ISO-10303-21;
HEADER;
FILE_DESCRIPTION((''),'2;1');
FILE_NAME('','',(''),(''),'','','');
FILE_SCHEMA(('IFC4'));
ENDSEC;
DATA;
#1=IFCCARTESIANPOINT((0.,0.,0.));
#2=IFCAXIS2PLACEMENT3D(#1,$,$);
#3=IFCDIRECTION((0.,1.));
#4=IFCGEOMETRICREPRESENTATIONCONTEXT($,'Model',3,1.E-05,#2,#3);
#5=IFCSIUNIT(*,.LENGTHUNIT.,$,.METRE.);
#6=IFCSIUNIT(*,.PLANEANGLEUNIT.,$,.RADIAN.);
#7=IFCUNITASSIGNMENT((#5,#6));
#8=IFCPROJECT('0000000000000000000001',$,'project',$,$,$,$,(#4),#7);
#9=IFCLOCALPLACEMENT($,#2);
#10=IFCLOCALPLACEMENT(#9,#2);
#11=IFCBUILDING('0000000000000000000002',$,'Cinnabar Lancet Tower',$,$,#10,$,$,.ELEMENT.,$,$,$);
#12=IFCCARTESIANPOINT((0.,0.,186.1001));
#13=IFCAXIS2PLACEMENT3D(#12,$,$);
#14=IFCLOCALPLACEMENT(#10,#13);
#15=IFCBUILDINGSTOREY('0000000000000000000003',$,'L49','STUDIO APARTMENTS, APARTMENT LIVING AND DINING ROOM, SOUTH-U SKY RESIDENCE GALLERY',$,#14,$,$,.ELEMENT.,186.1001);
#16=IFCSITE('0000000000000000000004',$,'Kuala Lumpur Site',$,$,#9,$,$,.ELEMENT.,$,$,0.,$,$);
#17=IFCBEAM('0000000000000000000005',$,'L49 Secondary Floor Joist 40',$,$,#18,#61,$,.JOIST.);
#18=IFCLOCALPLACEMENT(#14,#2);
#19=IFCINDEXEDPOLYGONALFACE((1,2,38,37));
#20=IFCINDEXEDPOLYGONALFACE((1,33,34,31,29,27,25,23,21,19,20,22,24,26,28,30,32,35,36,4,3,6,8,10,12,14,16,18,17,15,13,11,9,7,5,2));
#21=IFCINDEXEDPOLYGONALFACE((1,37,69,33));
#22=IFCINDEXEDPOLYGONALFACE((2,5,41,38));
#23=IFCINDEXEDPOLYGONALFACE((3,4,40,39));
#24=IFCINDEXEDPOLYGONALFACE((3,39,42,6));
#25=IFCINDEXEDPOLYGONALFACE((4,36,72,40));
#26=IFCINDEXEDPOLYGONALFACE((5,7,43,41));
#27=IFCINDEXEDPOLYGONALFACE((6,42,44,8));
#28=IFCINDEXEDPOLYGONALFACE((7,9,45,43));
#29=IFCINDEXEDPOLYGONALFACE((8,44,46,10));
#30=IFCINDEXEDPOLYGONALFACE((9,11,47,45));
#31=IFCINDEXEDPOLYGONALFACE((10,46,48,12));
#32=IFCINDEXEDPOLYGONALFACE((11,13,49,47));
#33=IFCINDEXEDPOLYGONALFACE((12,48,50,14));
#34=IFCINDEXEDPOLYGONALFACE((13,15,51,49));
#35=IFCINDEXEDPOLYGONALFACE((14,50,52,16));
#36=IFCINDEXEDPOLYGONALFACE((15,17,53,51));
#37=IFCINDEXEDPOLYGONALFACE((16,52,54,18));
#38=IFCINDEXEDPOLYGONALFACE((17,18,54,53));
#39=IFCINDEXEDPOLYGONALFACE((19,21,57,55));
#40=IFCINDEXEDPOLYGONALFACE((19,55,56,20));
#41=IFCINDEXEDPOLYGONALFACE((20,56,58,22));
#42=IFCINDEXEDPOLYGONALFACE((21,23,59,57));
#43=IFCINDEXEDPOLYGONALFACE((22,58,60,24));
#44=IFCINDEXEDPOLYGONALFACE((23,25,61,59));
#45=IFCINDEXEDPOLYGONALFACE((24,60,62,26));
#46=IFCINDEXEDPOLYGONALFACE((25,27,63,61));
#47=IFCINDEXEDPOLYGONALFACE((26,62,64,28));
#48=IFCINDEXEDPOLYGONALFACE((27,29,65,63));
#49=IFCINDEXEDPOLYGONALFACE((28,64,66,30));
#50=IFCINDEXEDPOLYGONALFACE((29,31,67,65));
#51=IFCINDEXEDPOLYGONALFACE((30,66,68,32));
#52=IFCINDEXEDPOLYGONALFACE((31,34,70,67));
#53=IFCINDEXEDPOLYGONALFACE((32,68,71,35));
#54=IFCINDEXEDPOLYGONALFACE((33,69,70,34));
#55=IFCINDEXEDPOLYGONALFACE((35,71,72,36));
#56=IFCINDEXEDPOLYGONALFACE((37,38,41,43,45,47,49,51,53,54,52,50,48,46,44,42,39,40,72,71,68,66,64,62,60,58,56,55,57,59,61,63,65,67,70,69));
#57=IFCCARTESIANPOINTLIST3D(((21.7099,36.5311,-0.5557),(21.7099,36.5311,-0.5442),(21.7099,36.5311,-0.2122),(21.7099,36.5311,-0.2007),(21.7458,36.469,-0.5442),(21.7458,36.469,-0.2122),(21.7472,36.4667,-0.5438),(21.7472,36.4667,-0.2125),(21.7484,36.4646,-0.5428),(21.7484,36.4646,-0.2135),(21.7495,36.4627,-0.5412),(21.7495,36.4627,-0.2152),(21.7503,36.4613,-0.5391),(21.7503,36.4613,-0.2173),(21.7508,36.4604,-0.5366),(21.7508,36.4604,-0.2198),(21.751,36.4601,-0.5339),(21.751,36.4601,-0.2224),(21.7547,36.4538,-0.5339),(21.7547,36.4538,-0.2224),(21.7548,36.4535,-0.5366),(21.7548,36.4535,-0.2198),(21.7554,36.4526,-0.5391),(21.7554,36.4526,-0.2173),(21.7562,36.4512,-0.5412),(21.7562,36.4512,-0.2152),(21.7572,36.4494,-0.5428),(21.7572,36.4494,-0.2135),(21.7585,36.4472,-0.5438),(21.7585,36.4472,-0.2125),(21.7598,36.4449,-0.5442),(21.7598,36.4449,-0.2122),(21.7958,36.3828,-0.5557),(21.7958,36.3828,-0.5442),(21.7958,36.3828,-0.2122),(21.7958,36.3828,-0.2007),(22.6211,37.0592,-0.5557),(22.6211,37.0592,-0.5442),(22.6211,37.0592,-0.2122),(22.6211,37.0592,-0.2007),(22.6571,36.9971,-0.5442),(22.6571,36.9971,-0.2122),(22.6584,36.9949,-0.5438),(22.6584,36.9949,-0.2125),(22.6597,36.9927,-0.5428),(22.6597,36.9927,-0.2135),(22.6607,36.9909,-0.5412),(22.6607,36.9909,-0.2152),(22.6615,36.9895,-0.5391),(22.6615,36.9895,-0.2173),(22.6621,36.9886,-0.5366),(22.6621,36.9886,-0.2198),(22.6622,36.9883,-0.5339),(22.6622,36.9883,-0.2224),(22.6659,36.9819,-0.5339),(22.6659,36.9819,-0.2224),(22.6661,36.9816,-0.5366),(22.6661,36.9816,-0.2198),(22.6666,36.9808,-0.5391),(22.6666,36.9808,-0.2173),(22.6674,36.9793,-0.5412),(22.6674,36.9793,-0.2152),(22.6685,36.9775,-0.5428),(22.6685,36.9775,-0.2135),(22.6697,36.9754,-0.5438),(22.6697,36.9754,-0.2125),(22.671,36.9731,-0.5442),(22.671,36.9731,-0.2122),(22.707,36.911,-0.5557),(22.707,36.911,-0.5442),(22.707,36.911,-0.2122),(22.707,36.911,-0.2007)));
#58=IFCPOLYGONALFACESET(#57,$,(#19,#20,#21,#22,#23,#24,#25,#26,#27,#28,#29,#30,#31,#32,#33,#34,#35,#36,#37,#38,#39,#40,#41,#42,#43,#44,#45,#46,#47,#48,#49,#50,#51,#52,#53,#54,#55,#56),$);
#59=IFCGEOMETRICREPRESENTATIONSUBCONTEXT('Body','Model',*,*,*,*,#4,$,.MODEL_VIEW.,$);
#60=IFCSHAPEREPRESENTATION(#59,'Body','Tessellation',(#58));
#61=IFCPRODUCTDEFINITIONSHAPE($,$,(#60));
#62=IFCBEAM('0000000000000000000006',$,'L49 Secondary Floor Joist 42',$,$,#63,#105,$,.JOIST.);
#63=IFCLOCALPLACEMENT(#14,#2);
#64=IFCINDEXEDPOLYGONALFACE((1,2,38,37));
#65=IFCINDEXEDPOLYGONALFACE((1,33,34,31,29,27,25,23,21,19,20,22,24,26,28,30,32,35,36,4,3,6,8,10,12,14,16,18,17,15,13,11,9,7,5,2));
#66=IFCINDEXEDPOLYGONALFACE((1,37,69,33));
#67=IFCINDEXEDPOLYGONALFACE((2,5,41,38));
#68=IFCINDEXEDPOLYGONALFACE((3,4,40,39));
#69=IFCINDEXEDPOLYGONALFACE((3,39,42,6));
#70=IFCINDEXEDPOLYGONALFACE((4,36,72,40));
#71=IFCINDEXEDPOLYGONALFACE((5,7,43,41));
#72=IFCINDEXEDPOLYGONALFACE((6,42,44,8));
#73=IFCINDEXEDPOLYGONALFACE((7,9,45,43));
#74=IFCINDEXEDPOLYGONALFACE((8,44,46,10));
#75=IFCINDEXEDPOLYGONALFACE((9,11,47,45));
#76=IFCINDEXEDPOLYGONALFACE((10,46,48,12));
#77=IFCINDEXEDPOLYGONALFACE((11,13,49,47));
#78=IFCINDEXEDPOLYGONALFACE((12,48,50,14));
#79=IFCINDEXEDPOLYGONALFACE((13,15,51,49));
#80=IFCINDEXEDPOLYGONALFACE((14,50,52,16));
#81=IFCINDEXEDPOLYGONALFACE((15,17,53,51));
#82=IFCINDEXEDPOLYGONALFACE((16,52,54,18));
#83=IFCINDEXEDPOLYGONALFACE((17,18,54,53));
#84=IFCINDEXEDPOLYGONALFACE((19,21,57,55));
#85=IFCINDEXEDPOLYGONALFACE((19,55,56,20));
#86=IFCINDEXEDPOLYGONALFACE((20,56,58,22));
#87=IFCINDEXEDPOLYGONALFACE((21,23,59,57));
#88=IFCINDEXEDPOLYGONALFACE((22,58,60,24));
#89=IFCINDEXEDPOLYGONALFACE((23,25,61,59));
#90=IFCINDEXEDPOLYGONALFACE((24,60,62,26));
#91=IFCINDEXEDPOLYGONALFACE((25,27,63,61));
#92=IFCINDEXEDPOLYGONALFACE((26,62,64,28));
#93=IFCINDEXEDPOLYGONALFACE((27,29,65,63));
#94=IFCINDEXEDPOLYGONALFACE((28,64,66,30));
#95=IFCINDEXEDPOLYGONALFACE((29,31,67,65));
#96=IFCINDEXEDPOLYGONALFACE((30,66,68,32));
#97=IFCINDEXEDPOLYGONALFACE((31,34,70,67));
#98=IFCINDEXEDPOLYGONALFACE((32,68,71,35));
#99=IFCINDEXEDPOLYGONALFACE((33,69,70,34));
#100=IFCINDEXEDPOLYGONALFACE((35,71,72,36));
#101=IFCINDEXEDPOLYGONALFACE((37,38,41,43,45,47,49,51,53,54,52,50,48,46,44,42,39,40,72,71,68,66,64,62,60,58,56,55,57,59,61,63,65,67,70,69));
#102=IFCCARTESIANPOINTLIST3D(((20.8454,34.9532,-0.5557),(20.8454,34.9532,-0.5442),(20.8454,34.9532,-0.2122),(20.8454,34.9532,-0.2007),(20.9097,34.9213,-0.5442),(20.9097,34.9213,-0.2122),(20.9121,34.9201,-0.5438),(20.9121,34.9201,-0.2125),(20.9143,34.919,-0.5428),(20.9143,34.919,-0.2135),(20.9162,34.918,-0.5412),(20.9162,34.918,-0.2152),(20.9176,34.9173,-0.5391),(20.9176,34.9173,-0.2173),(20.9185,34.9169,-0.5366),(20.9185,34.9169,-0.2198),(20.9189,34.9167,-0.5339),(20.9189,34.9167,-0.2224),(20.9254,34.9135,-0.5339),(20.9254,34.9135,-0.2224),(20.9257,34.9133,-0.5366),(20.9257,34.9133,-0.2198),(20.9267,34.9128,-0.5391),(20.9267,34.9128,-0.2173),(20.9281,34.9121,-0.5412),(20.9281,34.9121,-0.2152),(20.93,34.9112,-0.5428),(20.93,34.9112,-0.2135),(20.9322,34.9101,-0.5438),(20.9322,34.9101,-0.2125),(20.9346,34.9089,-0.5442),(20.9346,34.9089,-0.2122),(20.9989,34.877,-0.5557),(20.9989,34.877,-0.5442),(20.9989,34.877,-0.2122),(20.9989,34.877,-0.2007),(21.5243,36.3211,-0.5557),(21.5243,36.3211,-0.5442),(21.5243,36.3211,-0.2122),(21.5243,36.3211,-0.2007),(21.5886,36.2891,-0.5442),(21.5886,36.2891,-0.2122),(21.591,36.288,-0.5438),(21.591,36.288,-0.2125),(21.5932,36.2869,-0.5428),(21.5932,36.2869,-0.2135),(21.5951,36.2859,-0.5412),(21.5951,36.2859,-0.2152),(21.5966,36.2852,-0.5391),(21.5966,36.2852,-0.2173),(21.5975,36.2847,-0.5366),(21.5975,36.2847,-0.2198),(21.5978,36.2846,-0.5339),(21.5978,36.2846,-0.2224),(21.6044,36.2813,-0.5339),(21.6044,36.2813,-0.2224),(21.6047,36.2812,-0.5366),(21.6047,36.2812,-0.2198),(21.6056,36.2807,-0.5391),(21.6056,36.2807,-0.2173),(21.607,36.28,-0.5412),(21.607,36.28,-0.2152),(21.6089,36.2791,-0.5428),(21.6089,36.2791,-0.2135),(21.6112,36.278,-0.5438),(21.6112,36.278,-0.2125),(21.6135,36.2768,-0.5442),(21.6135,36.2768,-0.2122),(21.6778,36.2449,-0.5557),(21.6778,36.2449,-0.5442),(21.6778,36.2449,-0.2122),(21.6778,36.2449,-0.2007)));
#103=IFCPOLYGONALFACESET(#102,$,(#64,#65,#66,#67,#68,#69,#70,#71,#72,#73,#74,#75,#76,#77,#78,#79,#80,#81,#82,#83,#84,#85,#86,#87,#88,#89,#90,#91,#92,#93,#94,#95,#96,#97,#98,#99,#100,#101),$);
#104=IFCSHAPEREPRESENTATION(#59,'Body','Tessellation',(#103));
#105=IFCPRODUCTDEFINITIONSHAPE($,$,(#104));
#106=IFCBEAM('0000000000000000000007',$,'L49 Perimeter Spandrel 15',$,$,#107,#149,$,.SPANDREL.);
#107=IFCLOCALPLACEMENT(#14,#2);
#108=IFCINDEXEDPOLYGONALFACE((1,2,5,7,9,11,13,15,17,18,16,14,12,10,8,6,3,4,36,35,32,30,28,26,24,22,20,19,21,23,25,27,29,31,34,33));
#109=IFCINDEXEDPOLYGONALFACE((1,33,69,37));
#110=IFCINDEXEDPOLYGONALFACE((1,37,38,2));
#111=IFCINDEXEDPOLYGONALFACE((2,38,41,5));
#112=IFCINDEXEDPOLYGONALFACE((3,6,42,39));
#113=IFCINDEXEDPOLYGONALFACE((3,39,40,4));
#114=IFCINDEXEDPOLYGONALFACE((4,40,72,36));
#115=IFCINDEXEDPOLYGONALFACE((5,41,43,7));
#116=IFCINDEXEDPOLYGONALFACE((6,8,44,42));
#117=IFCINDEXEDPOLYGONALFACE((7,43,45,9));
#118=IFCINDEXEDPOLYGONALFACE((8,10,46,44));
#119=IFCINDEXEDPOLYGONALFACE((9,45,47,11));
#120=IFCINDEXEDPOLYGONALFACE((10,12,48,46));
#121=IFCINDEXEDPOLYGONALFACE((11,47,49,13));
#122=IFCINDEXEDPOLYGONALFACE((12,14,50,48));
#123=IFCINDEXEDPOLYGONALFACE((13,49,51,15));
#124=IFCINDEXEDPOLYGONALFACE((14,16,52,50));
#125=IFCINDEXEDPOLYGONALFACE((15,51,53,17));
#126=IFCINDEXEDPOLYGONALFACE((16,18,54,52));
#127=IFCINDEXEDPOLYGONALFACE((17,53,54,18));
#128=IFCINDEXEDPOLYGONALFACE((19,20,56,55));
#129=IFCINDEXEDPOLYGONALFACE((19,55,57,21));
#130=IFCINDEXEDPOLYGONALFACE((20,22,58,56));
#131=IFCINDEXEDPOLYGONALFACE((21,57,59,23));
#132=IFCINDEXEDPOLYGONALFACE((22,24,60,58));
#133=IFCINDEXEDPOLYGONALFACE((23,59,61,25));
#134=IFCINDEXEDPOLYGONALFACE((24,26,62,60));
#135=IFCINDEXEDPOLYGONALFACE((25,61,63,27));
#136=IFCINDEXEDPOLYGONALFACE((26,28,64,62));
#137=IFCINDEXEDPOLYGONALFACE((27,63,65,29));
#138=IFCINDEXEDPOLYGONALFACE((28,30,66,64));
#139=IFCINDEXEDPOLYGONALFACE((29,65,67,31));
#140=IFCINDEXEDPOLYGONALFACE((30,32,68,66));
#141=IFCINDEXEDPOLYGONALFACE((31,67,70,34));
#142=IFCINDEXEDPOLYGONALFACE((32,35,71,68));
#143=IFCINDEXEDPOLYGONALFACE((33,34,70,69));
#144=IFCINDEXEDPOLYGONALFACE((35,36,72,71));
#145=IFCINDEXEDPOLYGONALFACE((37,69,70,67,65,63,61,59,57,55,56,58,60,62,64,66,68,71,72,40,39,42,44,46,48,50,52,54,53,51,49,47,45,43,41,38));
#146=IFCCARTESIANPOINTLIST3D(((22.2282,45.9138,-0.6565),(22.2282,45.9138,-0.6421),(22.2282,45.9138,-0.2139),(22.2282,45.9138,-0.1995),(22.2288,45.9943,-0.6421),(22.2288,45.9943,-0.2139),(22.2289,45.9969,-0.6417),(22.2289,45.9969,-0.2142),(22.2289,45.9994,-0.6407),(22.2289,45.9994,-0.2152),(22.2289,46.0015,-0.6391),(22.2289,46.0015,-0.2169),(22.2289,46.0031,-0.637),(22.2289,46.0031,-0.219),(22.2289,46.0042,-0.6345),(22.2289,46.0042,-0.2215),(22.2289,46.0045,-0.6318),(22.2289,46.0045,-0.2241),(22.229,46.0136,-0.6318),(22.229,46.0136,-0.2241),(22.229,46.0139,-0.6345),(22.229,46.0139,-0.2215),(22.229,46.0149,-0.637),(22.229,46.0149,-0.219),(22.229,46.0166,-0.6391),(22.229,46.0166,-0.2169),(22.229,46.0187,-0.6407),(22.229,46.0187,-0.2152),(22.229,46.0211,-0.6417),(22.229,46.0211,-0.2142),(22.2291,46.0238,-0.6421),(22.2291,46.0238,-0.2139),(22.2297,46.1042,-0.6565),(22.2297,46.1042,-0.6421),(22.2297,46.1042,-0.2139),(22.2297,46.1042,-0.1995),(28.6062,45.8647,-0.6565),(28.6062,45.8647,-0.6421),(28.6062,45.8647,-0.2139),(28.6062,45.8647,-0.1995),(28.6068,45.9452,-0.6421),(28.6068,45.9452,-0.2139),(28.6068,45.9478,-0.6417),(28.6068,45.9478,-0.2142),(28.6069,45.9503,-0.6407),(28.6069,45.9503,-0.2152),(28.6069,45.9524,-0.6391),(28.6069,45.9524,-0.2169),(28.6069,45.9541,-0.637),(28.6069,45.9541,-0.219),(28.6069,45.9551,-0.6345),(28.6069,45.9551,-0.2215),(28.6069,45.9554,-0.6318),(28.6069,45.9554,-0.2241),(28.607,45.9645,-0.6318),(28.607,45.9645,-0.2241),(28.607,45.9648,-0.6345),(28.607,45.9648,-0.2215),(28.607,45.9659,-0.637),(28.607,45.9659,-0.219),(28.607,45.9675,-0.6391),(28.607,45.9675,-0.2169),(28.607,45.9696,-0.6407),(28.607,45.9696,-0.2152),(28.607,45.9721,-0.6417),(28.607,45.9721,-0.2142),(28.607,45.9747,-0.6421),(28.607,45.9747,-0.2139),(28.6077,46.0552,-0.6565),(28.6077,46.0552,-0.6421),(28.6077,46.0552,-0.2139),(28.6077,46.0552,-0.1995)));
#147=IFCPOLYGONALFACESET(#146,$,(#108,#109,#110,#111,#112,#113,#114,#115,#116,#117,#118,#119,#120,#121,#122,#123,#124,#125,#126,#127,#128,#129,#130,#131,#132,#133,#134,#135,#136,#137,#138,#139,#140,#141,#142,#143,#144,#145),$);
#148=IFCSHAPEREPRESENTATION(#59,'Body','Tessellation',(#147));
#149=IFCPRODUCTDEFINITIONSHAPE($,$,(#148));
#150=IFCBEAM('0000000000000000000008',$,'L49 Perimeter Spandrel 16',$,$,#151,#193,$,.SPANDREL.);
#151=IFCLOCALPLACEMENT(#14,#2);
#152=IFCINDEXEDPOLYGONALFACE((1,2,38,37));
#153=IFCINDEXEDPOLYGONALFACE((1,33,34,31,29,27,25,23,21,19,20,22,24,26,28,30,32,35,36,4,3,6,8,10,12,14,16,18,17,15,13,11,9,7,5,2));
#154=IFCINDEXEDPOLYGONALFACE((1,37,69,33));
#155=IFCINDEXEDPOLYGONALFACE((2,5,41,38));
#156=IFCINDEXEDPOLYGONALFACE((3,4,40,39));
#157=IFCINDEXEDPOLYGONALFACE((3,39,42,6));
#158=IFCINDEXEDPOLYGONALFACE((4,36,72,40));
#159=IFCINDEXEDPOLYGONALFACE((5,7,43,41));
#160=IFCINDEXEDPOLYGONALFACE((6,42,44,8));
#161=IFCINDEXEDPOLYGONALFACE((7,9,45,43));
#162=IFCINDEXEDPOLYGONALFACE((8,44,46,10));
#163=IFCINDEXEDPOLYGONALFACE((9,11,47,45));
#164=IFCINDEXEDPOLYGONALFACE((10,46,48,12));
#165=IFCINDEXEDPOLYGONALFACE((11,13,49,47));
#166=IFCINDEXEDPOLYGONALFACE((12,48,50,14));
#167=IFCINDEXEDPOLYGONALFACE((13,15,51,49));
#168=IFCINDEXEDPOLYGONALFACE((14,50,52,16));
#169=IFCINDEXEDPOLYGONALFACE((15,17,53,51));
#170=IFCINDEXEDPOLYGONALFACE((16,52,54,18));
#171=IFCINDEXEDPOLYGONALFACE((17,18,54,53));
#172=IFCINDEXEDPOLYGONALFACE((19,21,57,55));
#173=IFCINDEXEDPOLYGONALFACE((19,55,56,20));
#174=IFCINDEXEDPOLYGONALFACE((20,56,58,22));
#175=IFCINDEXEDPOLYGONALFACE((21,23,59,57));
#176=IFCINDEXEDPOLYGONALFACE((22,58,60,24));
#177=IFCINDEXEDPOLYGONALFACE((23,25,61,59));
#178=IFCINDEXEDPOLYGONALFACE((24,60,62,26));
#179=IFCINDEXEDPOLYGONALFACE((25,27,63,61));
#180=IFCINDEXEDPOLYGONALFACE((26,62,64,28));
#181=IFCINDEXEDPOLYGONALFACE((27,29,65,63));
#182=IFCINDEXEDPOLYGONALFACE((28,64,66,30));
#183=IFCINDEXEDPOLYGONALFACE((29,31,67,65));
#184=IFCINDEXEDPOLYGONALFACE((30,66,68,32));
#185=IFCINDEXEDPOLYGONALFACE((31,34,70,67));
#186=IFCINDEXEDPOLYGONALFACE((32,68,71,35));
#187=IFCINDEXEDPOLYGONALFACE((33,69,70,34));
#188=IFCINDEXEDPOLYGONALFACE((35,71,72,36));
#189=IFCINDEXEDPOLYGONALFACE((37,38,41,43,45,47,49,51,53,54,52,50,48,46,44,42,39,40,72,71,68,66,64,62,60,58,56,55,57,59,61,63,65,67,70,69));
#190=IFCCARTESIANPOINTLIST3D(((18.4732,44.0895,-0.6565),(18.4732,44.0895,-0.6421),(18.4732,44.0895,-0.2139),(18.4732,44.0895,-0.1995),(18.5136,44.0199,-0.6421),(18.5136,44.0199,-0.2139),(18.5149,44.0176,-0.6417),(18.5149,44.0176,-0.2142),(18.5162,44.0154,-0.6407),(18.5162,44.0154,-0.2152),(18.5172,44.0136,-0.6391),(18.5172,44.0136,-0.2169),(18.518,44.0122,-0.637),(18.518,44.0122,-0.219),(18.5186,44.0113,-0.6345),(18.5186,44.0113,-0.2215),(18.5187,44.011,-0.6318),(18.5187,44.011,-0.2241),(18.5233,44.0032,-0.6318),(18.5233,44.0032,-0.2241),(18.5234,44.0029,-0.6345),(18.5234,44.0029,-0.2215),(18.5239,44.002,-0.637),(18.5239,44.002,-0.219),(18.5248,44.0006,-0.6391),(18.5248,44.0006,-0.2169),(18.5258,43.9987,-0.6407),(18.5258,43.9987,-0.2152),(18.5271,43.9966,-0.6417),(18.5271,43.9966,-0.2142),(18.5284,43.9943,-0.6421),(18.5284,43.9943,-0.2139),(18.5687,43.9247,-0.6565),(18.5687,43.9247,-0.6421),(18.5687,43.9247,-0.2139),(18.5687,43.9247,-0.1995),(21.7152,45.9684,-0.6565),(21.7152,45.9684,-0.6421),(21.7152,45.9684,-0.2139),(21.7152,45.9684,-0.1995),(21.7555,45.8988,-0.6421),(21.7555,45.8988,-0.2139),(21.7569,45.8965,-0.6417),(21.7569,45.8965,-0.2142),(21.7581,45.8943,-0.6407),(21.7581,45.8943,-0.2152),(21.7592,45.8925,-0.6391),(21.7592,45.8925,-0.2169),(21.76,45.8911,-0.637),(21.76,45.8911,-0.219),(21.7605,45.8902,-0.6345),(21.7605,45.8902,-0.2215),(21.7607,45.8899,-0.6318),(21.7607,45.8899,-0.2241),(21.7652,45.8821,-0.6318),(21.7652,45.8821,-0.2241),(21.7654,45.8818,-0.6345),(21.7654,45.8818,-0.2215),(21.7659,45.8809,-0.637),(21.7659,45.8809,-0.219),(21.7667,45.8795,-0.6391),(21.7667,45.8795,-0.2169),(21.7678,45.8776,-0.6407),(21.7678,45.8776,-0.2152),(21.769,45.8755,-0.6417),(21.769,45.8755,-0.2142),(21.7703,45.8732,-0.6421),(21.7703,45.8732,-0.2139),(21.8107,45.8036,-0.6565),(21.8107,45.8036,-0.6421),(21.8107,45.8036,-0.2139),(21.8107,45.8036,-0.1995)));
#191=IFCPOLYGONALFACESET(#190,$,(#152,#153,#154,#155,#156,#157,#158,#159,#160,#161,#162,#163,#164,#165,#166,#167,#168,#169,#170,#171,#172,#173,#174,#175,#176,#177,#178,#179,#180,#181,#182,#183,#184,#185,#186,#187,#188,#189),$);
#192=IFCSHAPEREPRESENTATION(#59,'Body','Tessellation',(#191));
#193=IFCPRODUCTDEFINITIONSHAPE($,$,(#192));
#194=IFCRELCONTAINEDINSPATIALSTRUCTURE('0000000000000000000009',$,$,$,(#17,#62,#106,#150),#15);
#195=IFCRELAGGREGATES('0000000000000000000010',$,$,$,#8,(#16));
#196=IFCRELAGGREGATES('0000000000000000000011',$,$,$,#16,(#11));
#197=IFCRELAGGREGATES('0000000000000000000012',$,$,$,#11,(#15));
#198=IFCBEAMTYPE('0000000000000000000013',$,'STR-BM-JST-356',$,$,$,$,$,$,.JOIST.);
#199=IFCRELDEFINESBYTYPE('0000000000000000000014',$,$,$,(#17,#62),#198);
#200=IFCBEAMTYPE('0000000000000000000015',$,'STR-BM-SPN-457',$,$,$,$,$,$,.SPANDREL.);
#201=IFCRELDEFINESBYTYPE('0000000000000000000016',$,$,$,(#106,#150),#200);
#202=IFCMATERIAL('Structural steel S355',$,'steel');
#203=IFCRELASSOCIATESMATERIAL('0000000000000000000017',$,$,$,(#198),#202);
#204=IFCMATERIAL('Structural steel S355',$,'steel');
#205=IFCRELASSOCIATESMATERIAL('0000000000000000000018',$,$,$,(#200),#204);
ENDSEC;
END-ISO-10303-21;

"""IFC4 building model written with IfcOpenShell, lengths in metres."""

from ifc_helpers import new_model, si_unit, direction, frame, origin, origin_2d, place, context, subcontext, project, spatial, i_section, extrude, material, material_profile, profile_set, type_object, element, save


model = new_model("IFC4")

# Units and contexts
model_context = context("Model", 3, precision=1e-05, world=origin(), true_north=direction((0.0, 1.0)))
body_context = subcontext(model_context, "Body", "Model", "MODEL_VIEW")
ifc_project = project(units=[si_unit("LENGTHUNIT", "METRE"), si_unit("PLANEANGLEUNIT", "RADIAN")], contexts=[model_context])

# Site, building, storey
site_placement = place(None, origin())
site = spatial("IfcSite", under=ifc_project, at=site_placement, Name="Kuala Lumpur Site", CompositionType="ELEMENT", RefElevation=0.0)
building_placement = place(site_placement, origin())
building = spatial("IfcBuilding", under=site, at=building_placement, Name="Cinnabar Lancet Tower", CompositionType="ELEMENT")
storey_placement = place(building_placement, frame((0.0, 0.0, 186.1001)))
storey = spatial("IfcBuildingStorey", under=building, at=storey_placement, Name="L49", Description="STUDIO APARTMENTS, APARTMENT LIVING AND DINING ROOM, SOUTH-U SKY RESIDENCE GALLERY", CompositionType="ELEMENT", Elevation=186.1001)

# Beams
ifc_material_1 = material(Name="Structural steel S355", Category="steel")
ifc_material_profile_1 = material_profile(ifc_material_1, i_section(OverallWidth=0.1714, OverallDepth=0.355, WebThickness=0.0073, FlangeThickness=0.0115, FilletRadius=0.0103, at=origin_2d()), Name="UKB 356x171x51")
ifc_profile_set_1 = profile_set([ifc_material_profile_1], Name="Structural steel S355")
beam_type_1 = type_object("IfcBeamType", Name="STR-BM-JST-356", PredefinedType="JOIST", material=ifc_profile_set_1)
beam_1_placement = place(storey_placement, frame((22.6641, 36.9851, -0.3782), z_axis=(-0.865188, -0.501447, 0.0), x_axis=(0.501447, -0.865188, 0.0)))
element("IfcBeam", 1, at=beam_1_placement, inside=storey, type_object=beam_type_1, Name="L49 Secondary Floor Joist 40", PredefinedType="JOIST", context=body_context, shape_type="SweptSolid", body=[
    extrude(i_section(OverallWidth=0.1714, OverallDepth=0.355, WebThickness=0.0073, FlangeThickness=0.0115, FilletRadius=0.0103, at=origin_2d()), origin(), (0.0, 0.0, 1.0), 1.0532),
])
beam_2_placement = place(storey_placement, frame((21.6011, 36.283, -0.3782), z_axis=(-0.44459, -0.895734, 0.0), x_axis=(0.895734, -0.44459, 0.0)))
element("IfcBeam", 2, at=beam_2_placement, inside=storey, type_object=beam_type_1, Name="L49 Secondary Floor Joist 42", PredefinedType="JOIST", context=body_context, shape_type="SweptSolid", body=[
    extrude(i_section(OverallWidth=0.1714, OverallDepth=0.355, WebThickness=0.0073, FlangeThickness=0.0115, FilletRadius=0.0103, at=origin_2d()), origin(), (0.0, 0.0, 1.0), 1.5271),
])
ifc_material_2 = material(Name="Structural steel S355", Category="steel")
ifc_material_profile_2 = material_profile(ifc_material_2, i_section(OverallWidth=0.1904, OverallDepth=0.457, WebThickness=0.009, FlangeThickness=0.0144, FilletRadius=0.0103, at=origin_2d()), Name="UKB 457x191x74")
ifc_profile_set_2 = profile_set([ifc_material_profile_2], Name="Structural steel S355")
beam_type_2 = type_object("IfcBeamType", Name="STR-BM-SPN-457", PredefinedType="SPANDREL", material=ifc_profile_set_2)
beam_3_placement = place(storey_placement, frame((28.6069, 45.96, -0.428), z_axis=(-0.99997, 0.007694, 0.0), x_axis=(-0.007694, -0.99997, 0.0)))
element("IfcBeam", 3, at=beam_3_placement, inside=storey, type_object=beam_type_2, Name="L49 Perimeter Spandrel 15", PredefinedType="SPANDREL", context=body_context, shape_type="SweptSolid", body=[
    extrude(i_section(OverallWidth=0.1904, OverallDepth=0.457, WebThickness=0.009, FlangeThickness=0.0144, FilletRadius=0.0103, at=origin_2d()), origin(), (0.0, 0.0, 1.0), 6.3782),
])
beam_4_placement = place(storey_placement, frame((21.7629, 45.886, -0.428), z_axis=(-0.865196, -0.501434, 0.0), x_axis=(0.501434, -0.865196, 0.0)))
element("IfcBeam", 4, at=beam_4_placement, inside=storey, type_object=beam_type_2, Name="L49 Perimeter Spandrel 16", PredefinedType="SPANDREL", context=body_context, shape_type="SweptSolid", body=[
    extrude(i_section(OverallWidth=0.1904, OverallDepth=0.457, WebThickness=0.009, FlangeThickness=0.0144, FilletRadius=0.0103, at=origin_2d()), origin(), (0.0, 0.0, 1.0), 3.7471),
])

save(model, "model.ifc")
